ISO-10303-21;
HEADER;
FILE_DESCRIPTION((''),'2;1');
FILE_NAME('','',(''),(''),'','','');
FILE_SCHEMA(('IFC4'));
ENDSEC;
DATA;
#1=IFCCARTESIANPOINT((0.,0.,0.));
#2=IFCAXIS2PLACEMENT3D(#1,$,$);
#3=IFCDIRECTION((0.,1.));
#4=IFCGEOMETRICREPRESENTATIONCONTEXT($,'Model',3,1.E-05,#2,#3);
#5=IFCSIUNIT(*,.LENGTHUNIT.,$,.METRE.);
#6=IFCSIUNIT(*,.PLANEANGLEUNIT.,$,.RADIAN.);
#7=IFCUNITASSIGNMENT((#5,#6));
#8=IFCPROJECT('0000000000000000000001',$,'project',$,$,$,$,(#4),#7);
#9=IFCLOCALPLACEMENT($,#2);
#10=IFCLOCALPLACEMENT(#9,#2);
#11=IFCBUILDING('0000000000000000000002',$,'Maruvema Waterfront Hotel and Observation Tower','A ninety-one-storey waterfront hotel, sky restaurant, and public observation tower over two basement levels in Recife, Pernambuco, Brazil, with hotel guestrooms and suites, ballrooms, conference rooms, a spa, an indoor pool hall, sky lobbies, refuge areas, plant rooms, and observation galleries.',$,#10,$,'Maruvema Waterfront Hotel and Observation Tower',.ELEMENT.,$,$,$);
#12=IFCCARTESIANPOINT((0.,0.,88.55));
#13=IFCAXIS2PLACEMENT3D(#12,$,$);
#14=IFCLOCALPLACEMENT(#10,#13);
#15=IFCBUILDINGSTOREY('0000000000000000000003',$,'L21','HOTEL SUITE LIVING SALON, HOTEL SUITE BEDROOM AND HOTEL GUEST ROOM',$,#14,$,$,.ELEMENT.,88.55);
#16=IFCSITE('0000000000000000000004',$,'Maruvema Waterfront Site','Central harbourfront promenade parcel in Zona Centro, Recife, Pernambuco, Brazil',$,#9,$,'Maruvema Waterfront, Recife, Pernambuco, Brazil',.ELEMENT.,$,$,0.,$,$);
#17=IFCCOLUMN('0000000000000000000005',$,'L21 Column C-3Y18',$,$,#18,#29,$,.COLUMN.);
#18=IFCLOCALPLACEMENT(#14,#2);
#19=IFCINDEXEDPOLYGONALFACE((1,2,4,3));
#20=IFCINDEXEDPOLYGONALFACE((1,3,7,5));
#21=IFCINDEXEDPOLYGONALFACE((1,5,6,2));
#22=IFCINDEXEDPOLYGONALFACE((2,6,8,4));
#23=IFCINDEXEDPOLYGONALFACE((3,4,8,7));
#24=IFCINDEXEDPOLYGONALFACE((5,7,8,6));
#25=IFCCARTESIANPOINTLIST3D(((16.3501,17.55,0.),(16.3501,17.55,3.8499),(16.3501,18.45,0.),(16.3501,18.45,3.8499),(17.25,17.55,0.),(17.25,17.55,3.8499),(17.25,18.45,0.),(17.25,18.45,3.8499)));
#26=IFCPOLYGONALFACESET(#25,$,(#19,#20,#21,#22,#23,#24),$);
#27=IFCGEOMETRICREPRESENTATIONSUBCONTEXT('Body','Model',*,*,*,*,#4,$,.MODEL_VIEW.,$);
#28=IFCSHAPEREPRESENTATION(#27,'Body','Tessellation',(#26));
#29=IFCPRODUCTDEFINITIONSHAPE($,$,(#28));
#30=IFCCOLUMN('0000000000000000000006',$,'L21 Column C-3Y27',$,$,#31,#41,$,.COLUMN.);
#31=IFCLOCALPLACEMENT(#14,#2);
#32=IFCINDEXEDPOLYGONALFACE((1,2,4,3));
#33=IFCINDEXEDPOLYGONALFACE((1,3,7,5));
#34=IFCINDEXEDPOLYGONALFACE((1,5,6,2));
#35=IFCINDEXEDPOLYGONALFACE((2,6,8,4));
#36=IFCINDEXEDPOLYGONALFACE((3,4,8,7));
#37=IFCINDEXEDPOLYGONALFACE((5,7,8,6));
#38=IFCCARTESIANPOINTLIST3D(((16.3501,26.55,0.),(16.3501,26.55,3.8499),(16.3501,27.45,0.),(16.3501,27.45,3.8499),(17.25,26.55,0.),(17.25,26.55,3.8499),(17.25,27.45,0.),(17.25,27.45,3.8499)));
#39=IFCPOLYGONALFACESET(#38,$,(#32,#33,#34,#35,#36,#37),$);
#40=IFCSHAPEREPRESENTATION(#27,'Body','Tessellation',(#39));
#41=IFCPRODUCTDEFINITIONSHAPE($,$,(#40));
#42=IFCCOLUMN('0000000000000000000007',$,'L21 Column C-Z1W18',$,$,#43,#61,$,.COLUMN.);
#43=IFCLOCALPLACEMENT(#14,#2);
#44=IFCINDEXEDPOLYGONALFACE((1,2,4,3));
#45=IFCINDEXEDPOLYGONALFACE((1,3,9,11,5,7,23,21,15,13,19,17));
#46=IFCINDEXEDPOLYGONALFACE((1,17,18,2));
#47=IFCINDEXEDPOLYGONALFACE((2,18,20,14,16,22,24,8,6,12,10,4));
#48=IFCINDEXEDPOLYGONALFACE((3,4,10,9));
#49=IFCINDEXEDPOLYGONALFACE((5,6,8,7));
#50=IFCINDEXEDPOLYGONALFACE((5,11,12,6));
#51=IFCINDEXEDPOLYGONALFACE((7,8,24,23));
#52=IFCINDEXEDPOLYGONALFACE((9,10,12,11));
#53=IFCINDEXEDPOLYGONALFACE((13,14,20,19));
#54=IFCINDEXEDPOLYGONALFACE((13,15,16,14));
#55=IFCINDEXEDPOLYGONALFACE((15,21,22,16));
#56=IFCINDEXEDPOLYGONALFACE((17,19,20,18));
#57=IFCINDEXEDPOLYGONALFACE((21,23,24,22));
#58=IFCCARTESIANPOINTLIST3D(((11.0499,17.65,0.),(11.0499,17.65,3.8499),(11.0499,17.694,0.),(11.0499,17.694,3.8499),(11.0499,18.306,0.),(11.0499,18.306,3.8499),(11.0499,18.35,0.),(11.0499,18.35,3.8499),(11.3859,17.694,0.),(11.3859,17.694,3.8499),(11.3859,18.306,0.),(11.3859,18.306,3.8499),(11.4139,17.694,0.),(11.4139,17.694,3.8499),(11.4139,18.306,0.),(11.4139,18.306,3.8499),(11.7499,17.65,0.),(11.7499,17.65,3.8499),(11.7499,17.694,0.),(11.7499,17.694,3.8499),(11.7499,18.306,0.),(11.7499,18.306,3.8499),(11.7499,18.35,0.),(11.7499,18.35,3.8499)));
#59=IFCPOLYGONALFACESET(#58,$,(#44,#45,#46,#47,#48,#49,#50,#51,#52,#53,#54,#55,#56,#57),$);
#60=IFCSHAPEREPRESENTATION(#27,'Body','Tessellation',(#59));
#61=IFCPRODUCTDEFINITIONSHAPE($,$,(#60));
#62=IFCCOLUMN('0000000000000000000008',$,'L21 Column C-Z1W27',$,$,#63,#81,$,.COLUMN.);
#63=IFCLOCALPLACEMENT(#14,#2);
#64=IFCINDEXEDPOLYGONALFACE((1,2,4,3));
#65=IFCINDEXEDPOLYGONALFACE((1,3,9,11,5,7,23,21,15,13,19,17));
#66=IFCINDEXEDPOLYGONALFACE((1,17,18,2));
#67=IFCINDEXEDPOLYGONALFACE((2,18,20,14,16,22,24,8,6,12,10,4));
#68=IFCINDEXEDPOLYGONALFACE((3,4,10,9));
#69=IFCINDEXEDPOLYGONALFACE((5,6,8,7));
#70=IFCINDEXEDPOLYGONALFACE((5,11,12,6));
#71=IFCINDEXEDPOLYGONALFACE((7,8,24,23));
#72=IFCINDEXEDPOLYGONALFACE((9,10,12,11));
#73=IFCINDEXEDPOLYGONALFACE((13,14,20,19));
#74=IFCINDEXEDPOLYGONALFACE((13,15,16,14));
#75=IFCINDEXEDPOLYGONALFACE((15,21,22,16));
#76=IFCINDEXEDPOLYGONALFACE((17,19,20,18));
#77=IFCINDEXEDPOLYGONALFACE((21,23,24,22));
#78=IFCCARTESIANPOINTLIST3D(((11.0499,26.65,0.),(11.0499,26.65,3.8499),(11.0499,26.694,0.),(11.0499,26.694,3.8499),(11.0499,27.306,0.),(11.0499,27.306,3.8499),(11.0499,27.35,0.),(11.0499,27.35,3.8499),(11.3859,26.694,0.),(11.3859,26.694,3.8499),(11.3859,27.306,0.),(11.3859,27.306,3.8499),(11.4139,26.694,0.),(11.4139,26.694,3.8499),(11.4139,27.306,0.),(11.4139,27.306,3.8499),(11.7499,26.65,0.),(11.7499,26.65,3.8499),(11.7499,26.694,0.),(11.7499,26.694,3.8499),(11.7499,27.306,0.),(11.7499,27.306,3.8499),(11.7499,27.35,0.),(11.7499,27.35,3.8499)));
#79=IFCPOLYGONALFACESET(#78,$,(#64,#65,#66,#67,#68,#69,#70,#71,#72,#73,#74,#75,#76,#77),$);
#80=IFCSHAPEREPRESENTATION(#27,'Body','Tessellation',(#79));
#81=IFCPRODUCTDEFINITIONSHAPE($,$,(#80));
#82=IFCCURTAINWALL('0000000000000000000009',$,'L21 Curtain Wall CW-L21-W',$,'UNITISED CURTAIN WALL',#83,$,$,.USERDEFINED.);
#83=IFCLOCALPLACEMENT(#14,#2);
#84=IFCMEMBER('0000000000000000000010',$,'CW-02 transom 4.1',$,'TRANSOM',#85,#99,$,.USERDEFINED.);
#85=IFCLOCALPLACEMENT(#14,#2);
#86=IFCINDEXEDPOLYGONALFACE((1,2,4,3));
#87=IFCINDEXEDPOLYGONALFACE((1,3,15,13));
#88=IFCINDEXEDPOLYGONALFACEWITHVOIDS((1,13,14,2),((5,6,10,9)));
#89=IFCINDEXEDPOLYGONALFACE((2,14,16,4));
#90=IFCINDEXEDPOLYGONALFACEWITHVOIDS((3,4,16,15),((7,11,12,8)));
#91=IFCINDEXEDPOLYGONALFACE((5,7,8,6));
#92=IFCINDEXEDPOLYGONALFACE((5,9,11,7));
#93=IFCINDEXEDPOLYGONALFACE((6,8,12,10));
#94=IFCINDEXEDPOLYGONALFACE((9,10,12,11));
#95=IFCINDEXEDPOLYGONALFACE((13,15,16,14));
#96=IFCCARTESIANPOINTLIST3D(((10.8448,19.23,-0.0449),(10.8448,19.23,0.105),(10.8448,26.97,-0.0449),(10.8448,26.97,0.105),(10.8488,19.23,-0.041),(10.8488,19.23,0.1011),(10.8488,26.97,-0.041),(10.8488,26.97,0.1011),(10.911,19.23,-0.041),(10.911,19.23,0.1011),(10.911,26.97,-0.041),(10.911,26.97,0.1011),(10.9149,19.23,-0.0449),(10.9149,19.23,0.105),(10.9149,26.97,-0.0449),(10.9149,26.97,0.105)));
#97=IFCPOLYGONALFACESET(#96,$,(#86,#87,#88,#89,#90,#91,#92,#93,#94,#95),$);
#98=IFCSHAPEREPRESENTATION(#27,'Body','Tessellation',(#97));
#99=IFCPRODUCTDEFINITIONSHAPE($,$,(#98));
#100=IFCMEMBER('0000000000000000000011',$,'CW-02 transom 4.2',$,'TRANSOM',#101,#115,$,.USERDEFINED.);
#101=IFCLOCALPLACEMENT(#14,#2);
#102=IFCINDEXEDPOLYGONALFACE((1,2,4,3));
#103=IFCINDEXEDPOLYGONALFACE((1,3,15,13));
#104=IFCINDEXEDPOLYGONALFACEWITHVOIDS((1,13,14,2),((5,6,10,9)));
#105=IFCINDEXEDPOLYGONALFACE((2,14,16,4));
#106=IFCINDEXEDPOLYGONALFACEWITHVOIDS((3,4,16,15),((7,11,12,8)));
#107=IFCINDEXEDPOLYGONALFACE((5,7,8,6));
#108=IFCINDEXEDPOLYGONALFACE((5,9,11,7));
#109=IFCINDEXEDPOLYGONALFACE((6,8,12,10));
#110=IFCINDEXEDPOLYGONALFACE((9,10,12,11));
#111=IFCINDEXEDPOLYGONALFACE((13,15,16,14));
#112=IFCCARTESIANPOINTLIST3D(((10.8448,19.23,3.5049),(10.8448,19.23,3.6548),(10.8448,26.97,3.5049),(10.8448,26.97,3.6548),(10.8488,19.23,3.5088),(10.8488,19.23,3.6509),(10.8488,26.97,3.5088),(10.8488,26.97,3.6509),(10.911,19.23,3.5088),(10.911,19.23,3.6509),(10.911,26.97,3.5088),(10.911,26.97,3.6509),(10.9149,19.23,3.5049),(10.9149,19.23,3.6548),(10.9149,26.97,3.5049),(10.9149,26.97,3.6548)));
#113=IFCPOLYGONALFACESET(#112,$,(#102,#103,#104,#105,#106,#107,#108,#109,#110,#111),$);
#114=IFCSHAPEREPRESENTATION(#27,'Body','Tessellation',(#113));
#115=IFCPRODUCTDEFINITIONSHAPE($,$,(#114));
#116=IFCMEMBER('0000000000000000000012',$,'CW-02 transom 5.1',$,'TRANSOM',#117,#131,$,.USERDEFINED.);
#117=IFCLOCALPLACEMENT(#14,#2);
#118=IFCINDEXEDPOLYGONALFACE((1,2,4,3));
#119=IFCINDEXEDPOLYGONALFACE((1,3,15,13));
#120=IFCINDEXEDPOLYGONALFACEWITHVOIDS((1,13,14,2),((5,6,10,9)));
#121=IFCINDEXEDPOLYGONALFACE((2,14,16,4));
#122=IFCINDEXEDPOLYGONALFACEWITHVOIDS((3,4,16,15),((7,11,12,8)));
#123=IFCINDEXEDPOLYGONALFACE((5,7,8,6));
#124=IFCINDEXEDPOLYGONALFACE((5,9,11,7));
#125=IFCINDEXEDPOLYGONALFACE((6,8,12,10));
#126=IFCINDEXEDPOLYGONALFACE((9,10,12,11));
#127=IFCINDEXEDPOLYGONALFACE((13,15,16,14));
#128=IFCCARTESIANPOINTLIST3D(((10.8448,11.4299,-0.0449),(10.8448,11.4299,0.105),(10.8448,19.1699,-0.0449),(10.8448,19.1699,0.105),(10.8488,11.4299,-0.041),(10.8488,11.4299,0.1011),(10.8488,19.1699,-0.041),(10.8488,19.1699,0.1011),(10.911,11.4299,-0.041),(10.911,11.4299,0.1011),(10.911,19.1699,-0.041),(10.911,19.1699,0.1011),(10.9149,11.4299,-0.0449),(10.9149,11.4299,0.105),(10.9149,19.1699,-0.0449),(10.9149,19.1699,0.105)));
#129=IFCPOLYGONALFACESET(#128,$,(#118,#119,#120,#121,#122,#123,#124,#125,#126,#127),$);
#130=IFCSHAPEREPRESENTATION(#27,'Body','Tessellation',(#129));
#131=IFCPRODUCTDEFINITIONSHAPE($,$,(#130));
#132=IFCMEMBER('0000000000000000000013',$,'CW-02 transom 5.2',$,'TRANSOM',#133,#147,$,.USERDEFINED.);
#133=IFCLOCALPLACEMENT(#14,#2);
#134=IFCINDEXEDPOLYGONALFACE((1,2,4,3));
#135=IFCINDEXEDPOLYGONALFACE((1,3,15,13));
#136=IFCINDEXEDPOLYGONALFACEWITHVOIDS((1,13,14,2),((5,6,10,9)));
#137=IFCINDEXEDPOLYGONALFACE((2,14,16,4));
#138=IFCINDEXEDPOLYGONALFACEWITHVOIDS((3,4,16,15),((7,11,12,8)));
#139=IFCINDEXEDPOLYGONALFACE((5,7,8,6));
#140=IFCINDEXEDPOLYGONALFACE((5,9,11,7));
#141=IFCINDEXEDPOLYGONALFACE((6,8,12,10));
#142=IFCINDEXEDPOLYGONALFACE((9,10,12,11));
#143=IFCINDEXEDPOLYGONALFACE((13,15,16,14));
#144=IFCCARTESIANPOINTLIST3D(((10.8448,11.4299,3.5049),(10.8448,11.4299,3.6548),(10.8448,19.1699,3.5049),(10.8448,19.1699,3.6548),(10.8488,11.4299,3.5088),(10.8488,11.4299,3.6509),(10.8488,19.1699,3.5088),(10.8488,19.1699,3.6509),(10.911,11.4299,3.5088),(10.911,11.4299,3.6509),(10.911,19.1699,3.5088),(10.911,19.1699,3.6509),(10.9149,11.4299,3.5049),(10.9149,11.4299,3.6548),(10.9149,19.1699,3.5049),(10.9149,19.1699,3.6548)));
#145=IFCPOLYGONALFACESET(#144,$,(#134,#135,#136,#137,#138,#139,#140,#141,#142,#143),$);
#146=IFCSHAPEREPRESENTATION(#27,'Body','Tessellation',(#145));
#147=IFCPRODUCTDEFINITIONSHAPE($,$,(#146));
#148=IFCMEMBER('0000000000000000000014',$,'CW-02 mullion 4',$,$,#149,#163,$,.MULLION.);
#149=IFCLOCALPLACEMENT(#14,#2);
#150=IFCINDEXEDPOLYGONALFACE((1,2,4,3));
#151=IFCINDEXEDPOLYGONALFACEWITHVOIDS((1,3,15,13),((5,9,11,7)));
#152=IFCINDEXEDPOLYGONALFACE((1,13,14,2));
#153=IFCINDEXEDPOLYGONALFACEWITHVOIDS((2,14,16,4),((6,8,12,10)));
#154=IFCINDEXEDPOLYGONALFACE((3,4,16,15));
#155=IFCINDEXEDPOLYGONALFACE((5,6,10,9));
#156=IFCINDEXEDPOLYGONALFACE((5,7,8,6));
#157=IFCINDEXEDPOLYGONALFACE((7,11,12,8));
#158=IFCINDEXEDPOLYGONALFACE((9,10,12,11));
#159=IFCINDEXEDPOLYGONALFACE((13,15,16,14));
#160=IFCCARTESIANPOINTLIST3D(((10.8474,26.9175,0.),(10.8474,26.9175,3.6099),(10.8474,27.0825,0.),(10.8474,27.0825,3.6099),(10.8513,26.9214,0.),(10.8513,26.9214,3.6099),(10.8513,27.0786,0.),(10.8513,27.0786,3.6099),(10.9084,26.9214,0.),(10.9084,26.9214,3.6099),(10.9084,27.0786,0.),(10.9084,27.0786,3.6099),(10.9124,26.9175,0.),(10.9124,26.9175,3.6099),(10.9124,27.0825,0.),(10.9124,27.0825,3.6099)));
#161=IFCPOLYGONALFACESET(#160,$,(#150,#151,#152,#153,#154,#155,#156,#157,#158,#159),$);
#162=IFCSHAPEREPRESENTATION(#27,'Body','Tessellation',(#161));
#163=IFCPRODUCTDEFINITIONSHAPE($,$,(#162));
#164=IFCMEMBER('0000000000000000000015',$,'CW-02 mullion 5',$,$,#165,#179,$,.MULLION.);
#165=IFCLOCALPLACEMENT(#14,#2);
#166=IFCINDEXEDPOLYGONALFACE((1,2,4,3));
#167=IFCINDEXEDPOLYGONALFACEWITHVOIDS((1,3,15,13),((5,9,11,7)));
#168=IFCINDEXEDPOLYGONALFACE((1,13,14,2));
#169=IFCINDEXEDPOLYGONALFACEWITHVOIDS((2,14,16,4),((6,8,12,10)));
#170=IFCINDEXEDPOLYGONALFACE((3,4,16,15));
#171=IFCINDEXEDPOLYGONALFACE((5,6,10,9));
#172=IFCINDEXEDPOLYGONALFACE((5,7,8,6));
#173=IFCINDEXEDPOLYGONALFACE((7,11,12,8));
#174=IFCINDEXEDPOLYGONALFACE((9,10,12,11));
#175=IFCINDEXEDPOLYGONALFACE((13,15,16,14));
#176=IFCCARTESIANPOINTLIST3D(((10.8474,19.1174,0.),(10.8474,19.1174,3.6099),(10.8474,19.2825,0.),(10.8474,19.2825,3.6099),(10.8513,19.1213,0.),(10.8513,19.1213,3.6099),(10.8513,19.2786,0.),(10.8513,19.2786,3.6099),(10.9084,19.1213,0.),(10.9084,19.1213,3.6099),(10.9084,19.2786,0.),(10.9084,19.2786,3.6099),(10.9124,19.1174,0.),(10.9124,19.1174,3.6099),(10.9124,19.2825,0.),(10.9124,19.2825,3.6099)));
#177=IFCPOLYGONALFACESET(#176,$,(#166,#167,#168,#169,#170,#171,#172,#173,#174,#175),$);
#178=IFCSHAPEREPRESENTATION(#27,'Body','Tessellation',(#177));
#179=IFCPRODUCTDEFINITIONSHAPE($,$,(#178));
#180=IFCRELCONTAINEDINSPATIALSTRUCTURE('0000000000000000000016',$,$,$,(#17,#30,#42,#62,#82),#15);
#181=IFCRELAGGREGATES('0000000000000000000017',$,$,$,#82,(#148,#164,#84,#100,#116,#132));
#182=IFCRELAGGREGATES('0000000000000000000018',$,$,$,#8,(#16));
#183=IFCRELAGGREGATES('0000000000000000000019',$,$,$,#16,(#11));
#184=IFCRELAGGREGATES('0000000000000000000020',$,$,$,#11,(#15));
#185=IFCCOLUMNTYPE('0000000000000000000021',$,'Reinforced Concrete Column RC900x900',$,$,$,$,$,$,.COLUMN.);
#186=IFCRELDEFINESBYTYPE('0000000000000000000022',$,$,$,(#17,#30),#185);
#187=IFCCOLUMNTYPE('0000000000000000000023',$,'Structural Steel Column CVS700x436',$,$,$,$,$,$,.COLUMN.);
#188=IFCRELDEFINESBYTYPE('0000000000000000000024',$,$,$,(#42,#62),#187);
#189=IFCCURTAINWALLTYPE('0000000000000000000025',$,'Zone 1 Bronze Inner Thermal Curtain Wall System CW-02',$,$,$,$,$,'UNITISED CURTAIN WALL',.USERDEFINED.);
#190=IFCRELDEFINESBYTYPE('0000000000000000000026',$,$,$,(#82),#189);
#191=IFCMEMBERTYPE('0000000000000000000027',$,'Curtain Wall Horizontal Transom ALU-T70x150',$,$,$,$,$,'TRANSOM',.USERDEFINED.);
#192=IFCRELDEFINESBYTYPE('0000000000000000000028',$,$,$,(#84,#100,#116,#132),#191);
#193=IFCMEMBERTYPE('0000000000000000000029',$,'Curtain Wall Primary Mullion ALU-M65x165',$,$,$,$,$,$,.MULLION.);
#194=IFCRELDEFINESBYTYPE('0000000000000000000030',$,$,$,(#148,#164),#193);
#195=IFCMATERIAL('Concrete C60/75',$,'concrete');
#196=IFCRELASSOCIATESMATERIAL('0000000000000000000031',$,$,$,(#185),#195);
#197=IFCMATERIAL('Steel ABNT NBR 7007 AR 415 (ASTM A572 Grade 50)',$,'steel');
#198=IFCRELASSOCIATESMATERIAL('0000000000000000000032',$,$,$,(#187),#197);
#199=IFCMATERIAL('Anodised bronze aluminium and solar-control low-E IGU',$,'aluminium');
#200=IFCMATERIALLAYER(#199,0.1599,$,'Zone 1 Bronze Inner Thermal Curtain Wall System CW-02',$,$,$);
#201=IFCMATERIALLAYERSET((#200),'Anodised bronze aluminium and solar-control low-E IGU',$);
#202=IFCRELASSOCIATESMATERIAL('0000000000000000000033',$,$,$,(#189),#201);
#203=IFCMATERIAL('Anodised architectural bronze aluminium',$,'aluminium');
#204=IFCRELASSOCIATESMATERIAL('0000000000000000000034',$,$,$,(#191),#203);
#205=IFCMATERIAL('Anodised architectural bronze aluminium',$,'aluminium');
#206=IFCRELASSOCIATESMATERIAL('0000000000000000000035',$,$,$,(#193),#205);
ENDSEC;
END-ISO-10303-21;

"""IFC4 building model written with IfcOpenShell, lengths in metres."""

from ifc_helpers import new_model, si_unit, direction, frame, origin, origin_2d, place, context, subcontext, project, spatial, rectangle, hollow_rectangle, i_section, extrude, material, layer, layer_set, material_profile, profile_set, type_object, element, aggregate, save


model = new_model("IFC4")

# Units and contexts
model_context = context("Model", 3, precision=1e-05, world=origin(), true_north=direction((0.0, 1.0)))
body_context = subcontext(model_context, "Body", "Model", "MODEL_VIEW")
ifc_project = project(units=[si_unit("LENGTHUNIT", "METRE"), si_unit("PLANEANGLEUNIT", "RADIAN")], contexts=[model_context])

# Site, building, storey
site_placement = place(None, origin())
site = spatial("IfcSite", under=ifc_project, at=site_placement, Name="Maruvema Waterfront Site", Description="Central harbourfront promenade parcel in Zona Centro, Recife, Pernambuco, Brazil", LongName="Maruvema Waterfront, Recife, Pernambuco, Brazil", CompositionType="ELEMENT", RefElevation=0.0)
building_placement = place(site_placement, origin())
building = spatial("IfcBuilding", under=site, at=building_placement, Name="Maruvema Waterfront Hotel and Observation Tower", Description="A ninety-one-storey waterfront hotel, sky restaurant, and public observation tower over two basement levels in Recife, Pernambuco, Brazil, with hotel guestrooms and suites, ballrooms, conference rooms, a spa, an indoor pool hall, sky lobbies, refuge areas, plant rooms, and observation galleries.", LongName="Maruvema Waterfront Hotel and Observation Tower", CompositionType="ELEMENT")
storey_placement = place(building_placement, frame((0.0, 0.0, 88.55)))
storey = spatial("IfcBuildingStorey", under=building, at=storey_placement, Name="L21", Description="HOTEL SUITE LIVING SALON, HOTEL SUITE BEDROOM AND HOTEL GUEST ROOM", CompositionType="ELEMENT", Elevation=88.55)

# Columns
ifc_material_1 = material(Name="Concrete C60/75", Category="concrete")
ifc_material_profile_1 = material_profile(ifc_material_1, rectangle(XDim=0.8999, YDim=0.8999, at=origin_2d()), Name="RC900x900")
ifc_profile_set_1 = profile_set([ifc_material_profile_1], Name="Concrete C60/75")
column_type_1 = type_object("IfcColumnType", Name="Reinforced Concrete Column RC900x900", PredefinedType="COLUMN", material=ifc_profile_set_1)
for number, where, z_axis, x_axis, name in (
    (1, (16.8, 18.0, 0.0), (0.0, 0.0, 1.0), (1.0, 0.0, 0.0), "L21 Column C-3Y18"),
    (2, (16.8, 27.0, 0.0), (0.0, 0.0, 1.0), (1.0, 0.0, 0.0), "L21 Column C-3Y27"),
):
    element("IfcColumn", number, at=place(storey_placement, frame(where, z_axis=z_axis, x_axis=x_axis)), inside=storey, type_object=column_type_1, Name=name, PredefinedType="COLUMN", context=body_context, shape_type="SweptSolid", body=[
        extrude(rectangle(XDim=0.8999, YDim=0.8999, at=origin_2d()), origin(), (0.0, 0.0, 1.0), 3.8499),
    ])
ifc_material_2 = material(Name="Steel ABNT NBR 7007 AR 415 (ASTM A572 Grade 50)", Category="steel")
ifc_material_profile_2 = material_profile(ifc_material_2, i_section(OverallWidth=0.7, OverallDepth=0.7, WebThickness=0.0281, FlangeThickness=0.0439, at=origin_2d()), Name="CVS700x436")
ifc_profile_set_2 = profile_set([ifc_material_profile_2], Name="Steel ABNT NBR 7007 AR 415 (ASTM A572 Grade 50)")
column_type_2 = type_object("IfcColumnType", Name="Structural Steel Column CVS700x436", PredefinedType="COLUMN", material=ifc_profile_set_2)
for number, where, z_axis, x_axis, name in (
    (3, (11.3999, 18.0, 0.0), (0.0, 0.0, 1.0), (1.0, 0.0, 0.0), "L21 Column C-Z1W18"),
    (4, (11.3999, 27.0, 0.0), (0.0, 0.0, 1.0), (1.0, 0.0, 0.0), "L21 Column C-Z1W27"),
):
    element("IfcColumn", number, at=place(storey_placement, frame(where, z_axis=z_axis, x_axis=x_axis)), inside=storey, type_object=column_type_2, Name=name, PredefinedType="COLUMN", context=body_context, shape_type="SweptSolid", body=[
        extrude(i_section(OverallWidth=0.7, OverallDepth=0.7, WebThickness=0.0281, FlangeThickness=0.0439, at=origin_2d()), origin(), (0.0, 0.0, 1.0), 3.8499),
    ])

# Curtain wall, members
ifc_material_3 = material(Name="Anodised bronze aluminium and solar-control low-E IGU", Category="aluminium")
ifc_layer_1 = layer(ifc_material_3, 0.1599, Name="Zone 1 Bronze Inner Thermal Curtain Wall System CW-02")
ifc_layer_set_1 = layer_set([ifc_layer_1], Name="Anodised bronze aluminium and solar-control low-E IGU")
curtain_wall_type = type_object("IfcCurtainWallType", Name="Zone 1 Bronze Inner Thermal Curtain Wall System CW-02", ElementType="UNITISED CURTAIN WALL", PredefinedType="USERDEFINED", material=ifc_layer_set_1)
curtain_wall_placement = place(storey_placement, origin())
curtain_wall = element("IfcCurtainWall", 5, at=curtain_wall_placement, inside=storey, type_object=curtain_wall_type, Name="L21 Curtain Wall CW-L21-W", ObjectType="UNITISED CURTAIN WALL", PredefinedType="USERDEFINED")
ifc_material_4 = material(Name="Anodised architectural bronze aluminium", Category="aluminium")
ifc_material_profile_3 = material_profile(ifc_material_4, hollow_rectangle(XDim=0.0701, YDim=0.1499, WallThickness=0.0039, at=origin_2d()), Name="ALU-T70x150")
ifc_profile_set_3 = profile_set([ifc_material_profile_3], Name="Anodised architectural bronze aluminium")
member_type_1 = type_object("IfcMemberType", Name="Curtain Wall Horizontal Transom ALU-T70x150", ElementType="TRANSOM", PredefinedType="USERDEFINED", material=ifc_profile_set_3)
member_1_placement = place(storey_placement, frame((10.8799, 26.97, 0.03), z_axis=(0.0, -1.0, 0.0), x_axis=(1.0, 0.0, 0.0)))
member_1 = element("IfcMember", 6, at=member_1_placement, type_object=member_type_1, Name="CW-02 transom 4.1", ObjectType="TRANSOM", PredefinedType="USERDEFINED", context=body_context, shape_type="SweptSolid", body=[
    extrude(hollow_rectangle(XDim=0.0701, YDim=0.1499, WallThickness=0.0039, at=origin_2d()), origin(), (0.0, 0.0, 1.0), 7.74),
])
member_2_placement = place(storey_placement, frame((10.8799, 26.97, 3.5798), z_axis=(0.0, -1.0, 0.0), x_axis=(1.0, 0.0, 0.0)))
member_2 = element("IfcMember", 7, at=member_2_placement, type_object=member_type_1, Name="CW-02 transom 4.2", ObjectType="TRANSOM", PredefinedType="USERDEFINED", context=body_context, shape_type="SweptSolid", body=[
    extrude(hollow_rectangle(XDim=0.0701, YDim=0.1499, WallThickness=0.0039, at=origin_2d()), origin(), (0.0, 0.0, 1.0), 7.74),
])
member_3_placement = place(storey_placement, frame((10.8799, 19.1699, 0.03), z_axis=(0.0, -1.0, 0.0), x_axis=(1.0, 0.0, 0.0)))
member_3 = element("IfcMember", 8, at=member_3_placement, type_object=member_type_1, Name="CW-02 transom 5.1", ObjectType="TRANSOM", PredefinedType="USERDEFINED", context=body_context, shape_type="SweptSolid", body=[
    extrude(hollow_rectangle(XDim=0.0701, YDim=0.1499, WallThickness=0.0039, at=origin_2d()), origin(), (0.0, 0.0, 1.0), 7.74),
])
member_4_placement = place(storey_placement, frame((10.8799, 19.1699, 3.5798), z_axis=(0.0, -1.0, 0.0), x_axis=(1.0, 0.0, 0.0)))
member_4 = element("IfcMember", 9, at=member_4_placement, type_object=member_type_1, Name="CW-02 transom 5.2", ObjectType="TRANSOM", PredefinedType="USERDEFINED", context=body_context, shape_type="SweptSolid", body=[
    extrude(hollow_rectangle(XDim=0.0701, YDim=0.1499, WallThickness=0.0039, at=origin_2d()), origin(), (0.0, 0.0, 1.0), 7.74),
])
ifc_material_5 = material(Name="Anodised architectural bronze aluminium", Category="aluminium")
ifc_material_profile_4 = material_profile(ifc_material_5, hollow_rectangle(XDim=0.0649, YDim=0.165, WallThickness=0.0039, at=origin_2d()), Name="ALU-M65x165")
ifc_profile_set_4 = profile_set([ifc_material_profile_4], Name="Anodised architectural bronze aluminium")
member_type_2 = type_object("IfcMemberType", Name="Curtain Wall Primary Mullion ALU-M65x165", PredefinedType="MULLION", material=ifc_profile_set_4)
member_5_placement = place(storey_placement, frame((10.8799, 27.0, 0.0), z_axis=(0.0, 0.0, 1.0), x_axis=(1.0, 0.0, 0.0)))
member_5 = element("IfcMember", 10, at=member_5_placement, type_object=member_type_2, Name="CW-02 mullion 4", PredefinedType="MULLION", context=body_context, shape_type="SweptSolid", body=[
    extrude(hollow_rectangle(XDim=0.0649, YDim=0.165, WallThickness=0.0039, at=origin_2d()), origin(), (0.0, 0.0, 1.0), 3.6099),
])
member_6_placement = place(storey_placement, frame((10.8799, 19.2, 0.0), z_axis=(0.0, 0.0, 1.0), x_axis=(1.0, 0.0, 0.0)))
member_6 = element("IfcMember", 11, at=member_6_placement, type_object=member_type_2, Name="CW-02 mullion 5", PredefinedType="MULLION", context=body_context, shape_type="SweptSolid", body=[
    extrude(hollow_rectangle(XDim=0.0649, YDim=0.165, WallThickness=0.0039, at=origin_2d()), origin(), (0.0, 0.0, 1.0), 3.6099),
])

aggregate(curtain_wall, [member_5, member_6, member_1, member_2, member_3, member_4])

save(model, "model.ifc")
